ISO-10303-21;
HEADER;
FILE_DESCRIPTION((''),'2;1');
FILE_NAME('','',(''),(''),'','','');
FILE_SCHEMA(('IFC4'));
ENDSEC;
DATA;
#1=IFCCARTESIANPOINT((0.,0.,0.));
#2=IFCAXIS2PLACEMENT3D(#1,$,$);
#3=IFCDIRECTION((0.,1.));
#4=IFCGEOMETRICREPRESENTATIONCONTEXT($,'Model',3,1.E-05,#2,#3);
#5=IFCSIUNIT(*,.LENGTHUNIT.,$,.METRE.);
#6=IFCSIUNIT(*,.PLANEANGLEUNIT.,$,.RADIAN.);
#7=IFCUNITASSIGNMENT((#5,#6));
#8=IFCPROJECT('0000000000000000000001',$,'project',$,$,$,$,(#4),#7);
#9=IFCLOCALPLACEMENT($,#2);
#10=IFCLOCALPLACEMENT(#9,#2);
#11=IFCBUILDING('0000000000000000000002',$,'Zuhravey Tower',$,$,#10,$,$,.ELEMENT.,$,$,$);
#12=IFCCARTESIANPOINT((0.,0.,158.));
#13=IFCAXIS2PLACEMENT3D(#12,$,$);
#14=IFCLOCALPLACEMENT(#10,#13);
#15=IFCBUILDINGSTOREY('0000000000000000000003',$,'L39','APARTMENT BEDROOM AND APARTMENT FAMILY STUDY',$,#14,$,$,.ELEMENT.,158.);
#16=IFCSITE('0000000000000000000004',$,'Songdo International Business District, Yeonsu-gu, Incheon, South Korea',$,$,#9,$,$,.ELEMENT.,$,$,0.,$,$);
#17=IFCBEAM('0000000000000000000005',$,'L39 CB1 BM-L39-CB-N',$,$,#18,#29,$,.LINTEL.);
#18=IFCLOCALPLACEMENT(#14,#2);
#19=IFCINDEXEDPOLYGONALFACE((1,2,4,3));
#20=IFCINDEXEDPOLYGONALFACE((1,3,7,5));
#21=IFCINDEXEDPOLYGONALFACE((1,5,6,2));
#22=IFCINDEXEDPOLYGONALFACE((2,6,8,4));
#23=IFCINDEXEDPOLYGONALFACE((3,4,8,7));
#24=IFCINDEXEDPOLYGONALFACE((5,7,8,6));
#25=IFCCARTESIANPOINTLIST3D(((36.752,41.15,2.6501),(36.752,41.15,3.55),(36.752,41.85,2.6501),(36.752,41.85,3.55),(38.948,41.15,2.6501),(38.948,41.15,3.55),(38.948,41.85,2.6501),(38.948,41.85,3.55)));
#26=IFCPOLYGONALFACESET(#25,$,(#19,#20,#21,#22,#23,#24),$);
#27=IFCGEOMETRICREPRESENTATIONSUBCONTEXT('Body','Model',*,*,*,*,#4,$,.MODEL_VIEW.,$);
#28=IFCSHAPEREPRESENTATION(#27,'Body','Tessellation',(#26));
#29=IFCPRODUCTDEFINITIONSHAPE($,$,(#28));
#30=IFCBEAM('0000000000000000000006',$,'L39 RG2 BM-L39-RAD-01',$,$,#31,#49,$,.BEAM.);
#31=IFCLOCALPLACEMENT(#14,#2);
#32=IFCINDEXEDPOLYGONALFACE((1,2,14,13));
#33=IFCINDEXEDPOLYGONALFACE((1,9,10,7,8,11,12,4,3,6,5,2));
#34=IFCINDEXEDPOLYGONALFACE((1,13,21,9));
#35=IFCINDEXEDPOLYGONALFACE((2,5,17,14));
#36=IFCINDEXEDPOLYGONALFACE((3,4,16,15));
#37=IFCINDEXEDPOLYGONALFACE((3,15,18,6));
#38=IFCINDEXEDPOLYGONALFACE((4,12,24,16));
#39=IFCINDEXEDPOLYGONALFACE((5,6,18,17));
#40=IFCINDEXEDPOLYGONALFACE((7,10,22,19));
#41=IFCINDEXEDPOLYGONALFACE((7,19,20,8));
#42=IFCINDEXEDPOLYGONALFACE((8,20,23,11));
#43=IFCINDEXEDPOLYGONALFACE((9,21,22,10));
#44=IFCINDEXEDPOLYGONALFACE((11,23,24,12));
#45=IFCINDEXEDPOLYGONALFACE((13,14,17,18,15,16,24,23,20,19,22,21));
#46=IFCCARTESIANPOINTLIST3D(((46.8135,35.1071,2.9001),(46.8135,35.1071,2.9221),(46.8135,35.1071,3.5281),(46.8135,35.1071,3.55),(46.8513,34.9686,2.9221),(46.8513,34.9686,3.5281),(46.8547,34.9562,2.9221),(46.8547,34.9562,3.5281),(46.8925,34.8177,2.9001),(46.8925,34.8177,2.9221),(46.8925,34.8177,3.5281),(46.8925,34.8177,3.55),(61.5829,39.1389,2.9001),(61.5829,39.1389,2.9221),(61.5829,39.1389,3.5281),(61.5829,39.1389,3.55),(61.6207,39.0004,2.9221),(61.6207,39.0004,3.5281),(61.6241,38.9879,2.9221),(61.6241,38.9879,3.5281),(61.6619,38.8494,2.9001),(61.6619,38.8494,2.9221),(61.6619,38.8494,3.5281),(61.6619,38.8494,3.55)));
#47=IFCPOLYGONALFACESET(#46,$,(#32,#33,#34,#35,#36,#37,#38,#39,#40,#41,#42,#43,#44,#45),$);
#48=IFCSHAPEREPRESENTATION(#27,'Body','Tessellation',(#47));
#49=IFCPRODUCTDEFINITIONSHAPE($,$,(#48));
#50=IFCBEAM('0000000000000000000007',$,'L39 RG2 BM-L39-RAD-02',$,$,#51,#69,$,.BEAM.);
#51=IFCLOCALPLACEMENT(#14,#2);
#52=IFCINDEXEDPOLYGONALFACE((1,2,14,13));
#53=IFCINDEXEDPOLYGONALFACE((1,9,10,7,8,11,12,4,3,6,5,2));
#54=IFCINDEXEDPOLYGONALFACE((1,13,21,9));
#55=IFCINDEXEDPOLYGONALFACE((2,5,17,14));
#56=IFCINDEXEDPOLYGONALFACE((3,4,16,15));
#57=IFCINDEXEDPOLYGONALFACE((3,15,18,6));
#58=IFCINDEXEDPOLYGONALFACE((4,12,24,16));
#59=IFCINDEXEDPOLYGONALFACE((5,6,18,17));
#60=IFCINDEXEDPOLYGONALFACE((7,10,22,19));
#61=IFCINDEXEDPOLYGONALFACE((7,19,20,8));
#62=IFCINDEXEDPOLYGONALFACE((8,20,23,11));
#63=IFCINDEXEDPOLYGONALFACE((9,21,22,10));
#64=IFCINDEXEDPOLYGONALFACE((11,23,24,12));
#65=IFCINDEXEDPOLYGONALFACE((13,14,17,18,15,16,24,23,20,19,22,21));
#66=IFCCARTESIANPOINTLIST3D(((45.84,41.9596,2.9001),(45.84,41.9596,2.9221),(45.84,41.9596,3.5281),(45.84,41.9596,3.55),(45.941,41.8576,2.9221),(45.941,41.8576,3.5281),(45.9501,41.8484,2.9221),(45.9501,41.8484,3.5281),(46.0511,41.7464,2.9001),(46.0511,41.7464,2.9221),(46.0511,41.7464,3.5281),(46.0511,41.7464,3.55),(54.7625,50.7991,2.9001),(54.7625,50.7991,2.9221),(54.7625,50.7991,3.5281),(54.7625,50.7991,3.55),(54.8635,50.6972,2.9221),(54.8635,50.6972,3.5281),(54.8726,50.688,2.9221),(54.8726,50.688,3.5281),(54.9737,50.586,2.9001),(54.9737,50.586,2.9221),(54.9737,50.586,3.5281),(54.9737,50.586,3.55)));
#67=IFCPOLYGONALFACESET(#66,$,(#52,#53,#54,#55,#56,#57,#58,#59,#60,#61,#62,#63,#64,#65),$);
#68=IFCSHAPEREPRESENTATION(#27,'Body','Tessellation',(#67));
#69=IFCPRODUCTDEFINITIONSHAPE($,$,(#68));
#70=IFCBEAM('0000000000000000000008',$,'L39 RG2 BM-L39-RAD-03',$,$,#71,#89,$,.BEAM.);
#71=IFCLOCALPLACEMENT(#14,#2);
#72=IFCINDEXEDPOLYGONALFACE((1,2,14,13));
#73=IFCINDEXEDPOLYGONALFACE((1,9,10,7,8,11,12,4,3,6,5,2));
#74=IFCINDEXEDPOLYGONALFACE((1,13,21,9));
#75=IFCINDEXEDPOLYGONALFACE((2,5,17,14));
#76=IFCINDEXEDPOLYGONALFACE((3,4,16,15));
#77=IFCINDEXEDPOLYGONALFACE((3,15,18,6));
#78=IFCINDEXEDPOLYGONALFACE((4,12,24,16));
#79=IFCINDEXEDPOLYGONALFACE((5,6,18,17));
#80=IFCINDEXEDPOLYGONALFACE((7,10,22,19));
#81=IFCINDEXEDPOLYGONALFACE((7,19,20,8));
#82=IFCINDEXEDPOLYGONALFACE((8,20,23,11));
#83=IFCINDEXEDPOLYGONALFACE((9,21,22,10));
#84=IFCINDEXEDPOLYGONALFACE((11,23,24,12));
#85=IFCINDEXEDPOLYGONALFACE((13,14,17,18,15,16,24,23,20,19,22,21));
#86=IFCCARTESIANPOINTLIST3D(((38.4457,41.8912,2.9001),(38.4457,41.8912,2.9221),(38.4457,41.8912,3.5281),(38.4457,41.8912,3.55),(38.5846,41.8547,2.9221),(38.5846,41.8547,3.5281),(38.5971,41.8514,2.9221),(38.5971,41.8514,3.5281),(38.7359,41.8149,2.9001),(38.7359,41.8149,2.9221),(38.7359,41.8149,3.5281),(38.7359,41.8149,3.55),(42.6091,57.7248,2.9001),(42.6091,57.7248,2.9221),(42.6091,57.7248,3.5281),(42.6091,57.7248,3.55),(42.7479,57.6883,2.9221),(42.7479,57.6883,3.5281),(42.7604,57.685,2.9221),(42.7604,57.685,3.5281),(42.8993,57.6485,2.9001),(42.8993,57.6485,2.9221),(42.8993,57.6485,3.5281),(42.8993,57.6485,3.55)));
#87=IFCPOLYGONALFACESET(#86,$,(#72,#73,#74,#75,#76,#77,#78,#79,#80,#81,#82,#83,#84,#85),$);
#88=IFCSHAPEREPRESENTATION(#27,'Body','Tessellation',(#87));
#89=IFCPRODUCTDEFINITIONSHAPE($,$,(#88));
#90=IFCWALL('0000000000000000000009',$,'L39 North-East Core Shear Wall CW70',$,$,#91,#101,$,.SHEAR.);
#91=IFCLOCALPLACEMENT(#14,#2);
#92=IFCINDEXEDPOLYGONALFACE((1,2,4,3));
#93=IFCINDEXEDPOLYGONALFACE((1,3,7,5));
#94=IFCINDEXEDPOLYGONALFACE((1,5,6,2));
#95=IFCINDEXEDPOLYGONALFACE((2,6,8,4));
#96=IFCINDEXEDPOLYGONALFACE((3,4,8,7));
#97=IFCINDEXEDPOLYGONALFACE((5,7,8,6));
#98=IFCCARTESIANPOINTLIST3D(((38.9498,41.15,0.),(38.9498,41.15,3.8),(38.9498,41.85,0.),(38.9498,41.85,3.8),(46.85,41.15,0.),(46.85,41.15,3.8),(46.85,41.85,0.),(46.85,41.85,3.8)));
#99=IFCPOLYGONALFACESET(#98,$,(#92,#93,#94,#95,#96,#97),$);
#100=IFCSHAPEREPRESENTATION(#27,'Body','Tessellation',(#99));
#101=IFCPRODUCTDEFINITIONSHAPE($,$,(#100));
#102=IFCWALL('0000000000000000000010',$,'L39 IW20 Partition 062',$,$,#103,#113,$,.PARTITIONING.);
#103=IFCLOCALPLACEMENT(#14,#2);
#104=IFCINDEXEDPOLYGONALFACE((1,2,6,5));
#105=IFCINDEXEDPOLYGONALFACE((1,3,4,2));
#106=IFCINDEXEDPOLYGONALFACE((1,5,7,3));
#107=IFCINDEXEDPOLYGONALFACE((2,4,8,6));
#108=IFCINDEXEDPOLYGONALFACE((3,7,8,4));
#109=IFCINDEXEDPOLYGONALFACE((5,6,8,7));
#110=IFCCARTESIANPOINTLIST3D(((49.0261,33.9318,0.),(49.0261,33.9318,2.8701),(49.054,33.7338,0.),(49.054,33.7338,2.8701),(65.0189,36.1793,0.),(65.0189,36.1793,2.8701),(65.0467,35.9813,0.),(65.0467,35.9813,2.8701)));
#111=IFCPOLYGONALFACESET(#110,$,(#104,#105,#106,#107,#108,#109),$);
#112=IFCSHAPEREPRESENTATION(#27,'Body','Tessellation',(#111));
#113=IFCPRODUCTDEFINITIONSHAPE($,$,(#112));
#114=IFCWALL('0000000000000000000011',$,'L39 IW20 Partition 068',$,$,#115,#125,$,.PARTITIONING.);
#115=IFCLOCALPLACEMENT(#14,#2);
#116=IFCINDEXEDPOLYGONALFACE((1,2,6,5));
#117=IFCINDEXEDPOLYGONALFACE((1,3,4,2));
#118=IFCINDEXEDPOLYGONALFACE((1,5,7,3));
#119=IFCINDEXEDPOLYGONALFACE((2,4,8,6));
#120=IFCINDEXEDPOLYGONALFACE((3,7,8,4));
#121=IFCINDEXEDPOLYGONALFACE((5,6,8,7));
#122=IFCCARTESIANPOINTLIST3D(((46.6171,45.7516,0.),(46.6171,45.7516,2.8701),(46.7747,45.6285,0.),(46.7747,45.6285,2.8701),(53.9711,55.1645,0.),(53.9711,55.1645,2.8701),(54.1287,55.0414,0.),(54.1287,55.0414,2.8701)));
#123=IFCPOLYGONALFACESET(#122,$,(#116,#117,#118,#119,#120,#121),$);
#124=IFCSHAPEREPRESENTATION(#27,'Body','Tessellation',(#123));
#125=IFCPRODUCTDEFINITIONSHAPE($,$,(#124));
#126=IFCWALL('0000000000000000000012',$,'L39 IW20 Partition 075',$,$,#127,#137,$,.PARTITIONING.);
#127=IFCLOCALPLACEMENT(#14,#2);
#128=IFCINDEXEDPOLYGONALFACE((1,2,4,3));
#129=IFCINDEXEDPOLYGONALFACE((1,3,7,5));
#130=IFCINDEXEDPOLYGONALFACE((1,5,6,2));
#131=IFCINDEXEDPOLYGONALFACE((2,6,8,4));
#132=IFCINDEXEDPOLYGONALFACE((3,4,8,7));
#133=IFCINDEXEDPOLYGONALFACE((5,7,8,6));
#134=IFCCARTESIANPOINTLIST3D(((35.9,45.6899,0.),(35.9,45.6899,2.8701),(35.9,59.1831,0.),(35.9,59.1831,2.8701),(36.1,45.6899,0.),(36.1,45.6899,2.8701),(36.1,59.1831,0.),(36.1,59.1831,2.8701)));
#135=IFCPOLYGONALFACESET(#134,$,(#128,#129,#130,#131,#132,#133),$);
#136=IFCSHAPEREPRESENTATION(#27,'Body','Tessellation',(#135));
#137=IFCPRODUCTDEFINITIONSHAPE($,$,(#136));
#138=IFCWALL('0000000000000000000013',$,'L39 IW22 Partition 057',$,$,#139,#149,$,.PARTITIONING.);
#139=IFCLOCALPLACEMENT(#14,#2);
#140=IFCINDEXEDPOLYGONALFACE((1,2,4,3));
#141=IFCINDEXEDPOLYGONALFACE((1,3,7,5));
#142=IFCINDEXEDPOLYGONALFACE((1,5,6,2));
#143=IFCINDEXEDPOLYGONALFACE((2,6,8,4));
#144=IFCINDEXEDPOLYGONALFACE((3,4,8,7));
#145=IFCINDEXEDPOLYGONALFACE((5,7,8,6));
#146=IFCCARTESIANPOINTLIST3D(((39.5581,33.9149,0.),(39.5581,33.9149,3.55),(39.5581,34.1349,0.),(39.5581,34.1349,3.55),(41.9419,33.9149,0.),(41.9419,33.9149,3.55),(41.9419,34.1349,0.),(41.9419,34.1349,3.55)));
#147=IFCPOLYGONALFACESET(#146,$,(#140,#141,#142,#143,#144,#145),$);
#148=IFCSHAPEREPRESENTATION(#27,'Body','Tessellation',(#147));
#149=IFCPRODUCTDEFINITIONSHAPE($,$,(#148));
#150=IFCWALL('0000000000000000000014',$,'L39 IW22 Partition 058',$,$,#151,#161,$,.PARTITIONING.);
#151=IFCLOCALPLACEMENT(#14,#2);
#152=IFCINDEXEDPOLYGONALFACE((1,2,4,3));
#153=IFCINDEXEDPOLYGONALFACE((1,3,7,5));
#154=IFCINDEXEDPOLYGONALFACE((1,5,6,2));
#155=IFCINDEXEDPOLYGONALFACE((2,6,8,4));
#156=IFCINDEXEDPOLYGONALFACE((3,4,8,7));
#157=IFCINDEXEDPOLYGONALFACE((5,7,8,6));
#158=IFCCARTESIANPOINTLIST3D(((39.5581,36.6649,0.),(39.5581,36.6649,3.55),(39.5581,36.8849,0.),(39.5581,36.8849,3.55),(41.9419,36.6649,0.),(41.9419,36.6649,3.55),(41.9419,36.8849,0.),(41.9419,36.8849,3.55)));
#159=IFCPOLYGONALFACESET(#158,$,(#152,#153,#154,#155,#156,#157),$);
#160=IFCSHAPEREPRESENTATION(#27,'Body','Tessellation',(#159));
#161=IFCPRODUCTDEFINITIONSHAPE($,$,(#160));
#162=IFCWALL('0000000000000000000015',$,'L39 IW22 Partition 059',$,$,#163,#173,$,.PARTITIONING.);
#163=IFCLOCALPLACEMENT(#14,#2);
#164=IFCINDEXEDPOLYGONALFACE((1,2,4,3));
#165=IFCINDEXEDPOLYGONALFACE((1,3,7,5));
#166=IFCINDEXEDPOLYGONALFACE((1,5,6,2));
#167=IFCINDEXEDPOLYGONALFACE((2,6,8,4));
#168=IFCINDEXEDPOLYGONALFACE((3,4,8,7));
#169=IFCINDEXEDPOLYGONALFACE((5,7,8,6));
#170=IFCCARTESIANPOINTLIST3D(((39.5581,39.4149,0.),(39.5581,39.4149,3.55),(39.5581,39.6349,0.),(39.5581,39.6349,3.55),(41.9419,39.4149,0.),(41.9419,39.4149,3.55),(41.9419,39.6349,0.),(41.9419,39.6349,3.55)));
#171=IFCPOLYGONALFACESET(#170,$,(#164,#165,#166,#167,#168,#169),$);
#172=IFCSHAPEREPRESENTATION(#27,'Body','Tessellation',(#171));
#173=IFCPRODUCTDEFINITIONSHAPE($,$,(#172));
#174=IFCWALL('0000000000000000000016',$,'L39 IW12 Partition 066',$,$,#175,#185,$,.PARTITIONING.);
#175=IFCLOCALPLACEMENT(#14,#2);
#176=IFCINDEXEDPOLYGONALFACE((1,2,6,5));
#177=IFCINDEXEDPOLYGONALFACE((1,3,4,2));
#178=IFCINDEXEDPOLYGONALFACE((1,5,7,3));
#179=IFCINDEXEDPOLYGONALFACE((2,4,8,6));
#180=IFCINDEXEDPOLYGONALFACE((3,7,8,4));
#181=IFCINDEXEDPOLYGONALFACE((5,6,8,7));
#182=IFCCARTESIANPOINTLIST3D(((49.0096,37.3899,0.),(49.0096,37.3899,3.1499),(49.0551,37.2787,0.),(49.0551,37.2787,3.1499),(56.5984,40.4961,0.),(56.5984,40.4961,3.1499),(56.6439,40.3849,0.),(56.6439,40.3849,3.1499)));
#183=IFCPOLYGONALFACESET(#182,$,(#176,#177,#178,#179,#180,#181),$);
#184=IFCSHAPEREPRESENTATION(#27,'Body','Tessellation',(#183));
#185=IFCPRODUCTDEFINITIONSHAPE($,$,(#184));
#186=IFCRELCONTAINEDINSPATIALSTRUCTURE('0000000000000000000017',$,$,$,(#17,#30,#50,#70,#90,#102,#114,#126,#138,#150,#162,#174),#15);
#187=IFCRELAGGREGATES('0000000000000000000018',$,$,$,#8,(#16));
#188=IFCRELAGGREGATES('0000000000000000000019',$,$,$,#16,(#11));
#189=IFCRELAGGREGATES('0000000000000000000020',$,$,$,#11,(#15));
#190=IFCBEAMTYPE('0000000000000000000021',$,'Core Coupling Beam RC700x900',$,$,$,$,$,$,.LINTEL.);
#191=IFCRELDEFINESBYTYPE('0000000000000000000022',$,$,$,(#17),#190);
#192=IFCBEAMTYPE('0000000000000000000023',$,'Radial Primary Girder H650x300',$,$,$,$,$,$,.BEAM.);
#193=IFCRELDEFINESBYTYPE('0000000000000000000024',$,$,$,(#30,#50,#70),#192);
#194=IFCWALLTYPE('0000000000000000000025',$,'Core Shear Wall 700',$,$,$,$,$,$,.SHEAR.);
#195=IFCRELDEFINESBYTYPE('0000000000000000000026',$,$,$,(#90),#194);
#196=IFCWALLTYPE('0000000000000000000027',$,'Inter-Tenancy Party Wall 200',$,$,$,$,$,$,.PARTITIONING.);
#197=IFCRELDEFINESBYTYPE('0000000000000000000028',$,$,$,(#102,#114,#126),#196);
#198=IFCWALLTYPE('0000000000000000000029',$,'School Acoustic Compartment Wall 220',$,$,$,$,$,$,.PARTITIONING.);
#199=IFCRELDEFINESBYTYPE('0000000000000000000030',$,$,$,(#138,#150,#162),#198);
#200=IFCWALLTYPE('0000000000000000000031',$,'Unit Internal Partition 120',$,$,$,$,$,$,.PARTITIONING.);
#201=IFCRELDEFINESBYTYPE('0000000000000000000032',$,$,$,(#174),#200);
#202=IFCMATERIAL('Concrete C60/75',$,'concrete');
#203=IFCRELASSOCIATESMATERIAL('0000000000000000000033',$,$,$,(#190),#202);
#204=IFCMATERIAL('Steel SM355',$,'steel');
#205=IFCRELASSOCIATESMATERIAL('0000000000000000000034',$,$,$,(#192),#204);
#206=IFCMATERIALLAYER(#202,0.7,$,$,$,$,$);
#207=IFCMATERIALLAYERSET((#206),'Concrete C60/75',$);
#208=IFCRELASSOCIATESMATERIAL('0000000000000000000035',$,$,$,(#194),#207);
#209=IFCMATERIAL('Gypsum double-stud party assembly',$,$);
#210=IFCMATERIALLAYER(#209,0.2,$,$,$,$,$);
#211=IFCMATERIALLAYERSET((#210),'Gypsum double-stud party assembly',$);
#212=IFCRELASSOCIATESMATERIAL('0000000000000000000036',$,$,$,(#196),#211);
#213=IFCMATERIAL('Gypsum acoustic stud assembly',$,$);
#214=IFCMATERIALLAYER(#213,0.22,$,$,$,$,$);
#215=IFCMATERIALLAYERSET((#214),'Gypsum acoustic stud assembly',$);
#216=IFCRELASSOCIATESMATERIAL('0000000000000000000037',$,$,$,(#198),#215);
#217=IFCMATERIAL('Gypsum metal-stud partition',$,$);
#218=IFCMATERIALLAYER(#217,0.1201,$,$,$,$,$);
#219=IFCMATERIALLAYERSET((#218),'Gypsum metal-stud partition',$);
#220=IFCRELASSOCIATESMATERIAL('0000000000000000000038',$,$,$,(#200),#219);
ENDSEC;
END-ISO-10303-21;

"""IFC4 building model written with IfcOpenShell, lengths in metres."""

from ifc_helpers import new_model, si_unit, direction, frame, frame_2d, origin, origin_2d, place, context, subcontext, project, spatial, rectangle, i_section, extrude, material, layer, layer_set, material_profile, profile_set, type_object, element, save


model = new_model("IFC4")

# Units and contexts
model_context = context("Model", 3, precision=1e-05, world=origin(), true_north=direction((0.0, 1.0)))
body_context = subcontext(model_context, "Body", "Model", "MODEL_VIEW")
ifc_project = project(units=[si_unit("LENGTHUNIT", "METRE"), si_unit("PLANEANGLEUNIT", "RADIAN")], contexts=[model_context])

# Site, building, storey
site_placement = place(None, origin())
site = spatial("IfcSite", under=ifc_project, at=site_placement, Name="Songdo International Business District, Yeonsu-gu, Incheon, South Korea", CompositionType="ELEMENT", RefElevation=0.0)
building_placement = place(site_placement, origin())
building = spatial("IfcBuilding", under=site, at=building_placement, Name="Zuhravey Tower", CompositionType="ELEMENT")
storey_placement = place(building_placement, frame((0.0, 0.0, 158.0)))
storey = spatial("IfcBuildingStorey", under=building, at=storey_placement, Name="L39", Description="APARTMENT BEDROOM AND APARTMENT FAMILY STUDY", CompositionType="ELEMENT", Elevation=158.0)

# Beams
ifc_material_1 = material(Name="Concrete C60/75", Category="concrete")
ifc_material_profile_1 = material_profile(ifc_material_1, rectangle(XDim=0.7, YDim=0.8999, at=origin_2d()), Name="RC-700x900")
ifc_profile_set_1 = profile_set([ifc_material_profile_1], Name="Concrete C60/75")
beam_type_1 = type_object("IfcBeamType", Name="Core Coupling Beam RC700x900", PredefinedType="LINTEL", material=ifc_profile_set_1)
beam_1_placement = place(storey_placement, frame((36.752, 41.5, 3.1001), z_axis=(1.0, 0.0, 0.0), x_axis=(0.0, 1.0, 0.0)))
element("IfcBeam", 1, at=beam_1_placement, inside=storey, type_object=beam_type_1, Name="L39 CB1 BM-L39-CB-N", PredefinedType="LINTEL", context=body_context, shape_type="SweptSolid", body=[
    extrude(rectangle(XDim=0.7, YDim=0.8999, at=origin_2d()), origin(), (0.0, 0.0, 1.0), 2.196),
])
ifc_material_2 = material(Name="Steel SM355", Category="steel")
ifc_material_profile_2 = material_profile(ifc_material_2, i_section(OverallWidth=0.3, OverallDepth=0.6499, WebThickness=0.0129, FlangeThickness=0.022, at=origin_2d()), Name="H-650x300x13x22")
ifc_profile_set_2 = profile_set([ifc_material_profile_2], Name="Steel SM355")
beam_type_2 = type_object("IfcBeamType", Name="Radial Primary Girder H650x300", PredefinedType="BEAM", material=ifc_profile_set_2)
beam_2_placement = place(storey_placement, frame((46.853, 34.9624, 3.2251), z_axis=(0.964702, 0.263345, 0.0), x_axis=(-0.263345, 0.964702, 0.0)))
element("IfcBeam", 2, at=beam_2_placement, inside=storey, type_object=beam_type_2, Name="L39 RG2 BM-L39-RAD-01", PredefinedType="BEAM", context=body_context, shape_type="SweptSolid", body=[
    extrude(i_section(OverallWidth=0.3, OverallDepth=0.6499, WebThickness=0.0129, FlangeThickness=0.022, at=origin_2d()), origin(), (0.0, 0.0, 1.0), 15.3098),
])
beam_3_placement = place(storey_placement, frame((45.9456, 41.853, 3.2251), z_axis=(0.710404, 0.703795, 0.0), x_axis=(-0.703795, 0.710404, 0.0)))
element("IfcBeam", 3, at=beam_3_placement, inside=storey, type_object=beam_type_2, Name="L39 RG2 BM-L39-RAD-02", PredefinedType="BEAM", context=body_context, shape_type="SweptSolid", body=[
    extrude(i_section(OverallWidth=0.3, OverallDepth=0.6499, WebThickness=0.0129, FlangeThickness=0.022, at=origin_2d()), origin(), (0.0, 0.0, 1.0), 12.5598),
])
beam_4_placement = place(storey_placement, frame((38.5908, 41.853, 3.2251), z_axis=(0.2543, 0.967125, 0.0), x_axis=(-0.967125, 0.2543, 0.0)))
element("IfcBeam", 4, at=beam_4_placement, inside=storey, type_object=beam_type_2, Name="L39 RG2 BM-L39-RAD-03", PredefinedType="BEAM", context=body_context, shape_type="SweptSolid", body=[
    extrude(i_section(OverallWidth=0.3, OverallDepth=0.6499, WebThickness=0.0129, FlangeThickness=0.022, at=origin_2d()), origin(), (0.0, 0.0, 1.0), 16.3718),
])

# Wall
ifc_layer_1 = layer(ifc_material_1, 0.7)
ifc_layer_set_1 = layer_set([ifc_layer_1], Name="Concrete C60/75")
wall_type_1 = type_object("IfcWallType", Name="Core Shear Wall 700", PredefinedType="SHEAR", material=ifc_layer_set_1)
wall_1_placement = place(storey_placement, frame((46.8501, 41.5, 0.0), z_axis=(0.0, 0.0, 1.0), x_axis=(-1.0, 0.0, 0.0)))
element("IfcWall", 5, at=wall_1_placement, inside=storey, type_object=wall_type_1, Name="L39 North-East Core Shear Wall CW70", PredefinedType="SHEAR", context=body_context, shape_type="SweptSolid", body=[
    extrude(rectangle(XDim=7.9001, YDim=0.7, at=frame_2d((3.9502, 0.0))), origin(), (0.0, 0.0, 1.0), 3.8),
])

# Walls
ifc_material_3 = material(Name="Gypsum double-stud party assembly")
ifc_layer_2 = layer(ifc_material_3, 0.2)
ifc_layer_set_2 = layer_set([ifc_layer_2], Name="Gypsum double-stud party assembly")
wall_type_2 = type_object("IfcWallType", Name="Inter-Tenancy Party Wall 200", PredefinedType="PARTITIONING", material=ifc_layer_set_2)
wall_2_placement = place(storey_placement, frame((49.04, 33.8328, 0.0), z_axis=(0.0, 0.0, 1.0), x_axis=(0.990269, 0.139169, 0.0)))
element("IfcWall", 6, at=wall_2_placement, inside=storey, type_object=wall_type_2, Name="L39 IW20 Partition 062", PredefinedType="PARTITIONING", context=body_context, shape_type="SweptSolid", body=[
    extrude(rectangle(XDim=16.1499, YDim=0.2, at=frame_2d((8.075, 0.0))), origin(), (0.0, 0.0, 1.0), 2.8701),
])
wall_3_placement = place(storey_placement, frame((46.6958, 45.6899, 0.0), z_axis=(0.0, 0.0, 1.0), x_axis=(0.615656, 0.788015, 0.0)))
element("IfcWall", 7, at=wall_3_placement, inside=storey, type_object=wall_type_2, Name="L39 IW20 Partition 068", PredefinedType="PARTITIONING", context=body_context, shape_type="SweptSolid", body=[
    extrude(rectangle(XDim=11.9451, YDim=0.2, at=frame_2d((5.9727, 0.0))), origin(), (0.0, 0.0, 1.0), 2.8701),
])
wall_4_placement = place(storey_placement, frame((36.0, 45.6899, 0.0), z_axis=(0.0, 0.0, 1.0), x_axis=(0.0, 1.0, 0.0)))
element("IfcWall", 8, at=wall_4_placement, inside=storey, type_object=wall_type_2, Name="L39 IW20 Partition 075", PredefinedType="PARTITIONING", context=body_context, shape_type="SweptSolid", body=[
    extrude(rectangle(XDim=13.4932, YDim=0.2, at=frame_2d((6.7466, 0.0))), origin(), (0.0, 0.0, 1.0), 2.8701),
])
ifc_material_4 = material(Name="Gypsum acoustic stud assembly")
ifc_layer_3 = layer(ifc_material_4, 0.22)
ifc_layer_set_3 = layer_set([ifc_layer_3], Name="Gypsum acoustic stud assembly")
wall_type_3 = type_object("IfcWallType", Name="School Acoustic Compartment Wall 220", PredefinedType="PARTITIONING", material=ifc_layer_set_3)
for number, where, z_axis, x_axis, name in (
    (9, (39.5581, 34.0249, 0.0), (0.0, 0.0, 1.0), (1.0, 0.0, 0.0), "L39 IW22 Partition 057"),
    (10, (39.5581, 36.7749, 0.0), (0.0, 0.0, 1.0), (1.0, 0.0, 0.0), "L39 IW22 Partition 058"),
    (11, (39.5581, 39.5249, 0.0), (0.0, 0.0, 1.0), (1.0, 0.0, 0.0), "L39 IW22 Partition 059"),
):
    element("IfcWall", number, at=place(storey_placement, frame(where, z_axis=z_axis, x_axis=x_axis)), inside=storey, type_object=wall_type_3, Name=name, PredefinedType="PARTITIONING", context=body_context, shape_type="SweptSolid", body=[
        extrude(rectangle(XDim=2.3838, YDim=0.22, at=frame_2d((1.1919, 0.0))), origin(), (0.0, 0.0, 1.0), 3.55),
    ])
ifc_material_5 = material(Name="Gypsum metal-stud partition")
ifc_layer_4 = layer(ifc_material_5, 0.1201)
ifc_layer_set_4 = layer_set([ifc_layer_4], Name="Gypsum metal-stud partition")
wall_type_4 = type_object("IfcWallType", Name="Unit Internal Partition 120", PredefinedType="PARTITIONING", material=ifc_layer_set_4)
wall_5_placement = place(storey_placement, frame((49.0322, 37.3342, 0.0), z_axis=(0.0, 0.0, 1.0), x_axis=(0.925476, 0.378807, 0.0)))
element("IfcWall", 12, at=wall_5_placement, inside=storey, type_object=wall_type_4, Name="L39 IW12 Partition 066", PredefinedType="PARTITIONING", context=body_context, shape_type="SweptSolid", body=[
    extrude(rectangle(XDim=8.2, YDim=0.1201, at=frame_2d((4.1001, 0.0))), origin(), (0.0, 0.0, 1.0), 3.1499),
])

save(model, "model.ifc")
